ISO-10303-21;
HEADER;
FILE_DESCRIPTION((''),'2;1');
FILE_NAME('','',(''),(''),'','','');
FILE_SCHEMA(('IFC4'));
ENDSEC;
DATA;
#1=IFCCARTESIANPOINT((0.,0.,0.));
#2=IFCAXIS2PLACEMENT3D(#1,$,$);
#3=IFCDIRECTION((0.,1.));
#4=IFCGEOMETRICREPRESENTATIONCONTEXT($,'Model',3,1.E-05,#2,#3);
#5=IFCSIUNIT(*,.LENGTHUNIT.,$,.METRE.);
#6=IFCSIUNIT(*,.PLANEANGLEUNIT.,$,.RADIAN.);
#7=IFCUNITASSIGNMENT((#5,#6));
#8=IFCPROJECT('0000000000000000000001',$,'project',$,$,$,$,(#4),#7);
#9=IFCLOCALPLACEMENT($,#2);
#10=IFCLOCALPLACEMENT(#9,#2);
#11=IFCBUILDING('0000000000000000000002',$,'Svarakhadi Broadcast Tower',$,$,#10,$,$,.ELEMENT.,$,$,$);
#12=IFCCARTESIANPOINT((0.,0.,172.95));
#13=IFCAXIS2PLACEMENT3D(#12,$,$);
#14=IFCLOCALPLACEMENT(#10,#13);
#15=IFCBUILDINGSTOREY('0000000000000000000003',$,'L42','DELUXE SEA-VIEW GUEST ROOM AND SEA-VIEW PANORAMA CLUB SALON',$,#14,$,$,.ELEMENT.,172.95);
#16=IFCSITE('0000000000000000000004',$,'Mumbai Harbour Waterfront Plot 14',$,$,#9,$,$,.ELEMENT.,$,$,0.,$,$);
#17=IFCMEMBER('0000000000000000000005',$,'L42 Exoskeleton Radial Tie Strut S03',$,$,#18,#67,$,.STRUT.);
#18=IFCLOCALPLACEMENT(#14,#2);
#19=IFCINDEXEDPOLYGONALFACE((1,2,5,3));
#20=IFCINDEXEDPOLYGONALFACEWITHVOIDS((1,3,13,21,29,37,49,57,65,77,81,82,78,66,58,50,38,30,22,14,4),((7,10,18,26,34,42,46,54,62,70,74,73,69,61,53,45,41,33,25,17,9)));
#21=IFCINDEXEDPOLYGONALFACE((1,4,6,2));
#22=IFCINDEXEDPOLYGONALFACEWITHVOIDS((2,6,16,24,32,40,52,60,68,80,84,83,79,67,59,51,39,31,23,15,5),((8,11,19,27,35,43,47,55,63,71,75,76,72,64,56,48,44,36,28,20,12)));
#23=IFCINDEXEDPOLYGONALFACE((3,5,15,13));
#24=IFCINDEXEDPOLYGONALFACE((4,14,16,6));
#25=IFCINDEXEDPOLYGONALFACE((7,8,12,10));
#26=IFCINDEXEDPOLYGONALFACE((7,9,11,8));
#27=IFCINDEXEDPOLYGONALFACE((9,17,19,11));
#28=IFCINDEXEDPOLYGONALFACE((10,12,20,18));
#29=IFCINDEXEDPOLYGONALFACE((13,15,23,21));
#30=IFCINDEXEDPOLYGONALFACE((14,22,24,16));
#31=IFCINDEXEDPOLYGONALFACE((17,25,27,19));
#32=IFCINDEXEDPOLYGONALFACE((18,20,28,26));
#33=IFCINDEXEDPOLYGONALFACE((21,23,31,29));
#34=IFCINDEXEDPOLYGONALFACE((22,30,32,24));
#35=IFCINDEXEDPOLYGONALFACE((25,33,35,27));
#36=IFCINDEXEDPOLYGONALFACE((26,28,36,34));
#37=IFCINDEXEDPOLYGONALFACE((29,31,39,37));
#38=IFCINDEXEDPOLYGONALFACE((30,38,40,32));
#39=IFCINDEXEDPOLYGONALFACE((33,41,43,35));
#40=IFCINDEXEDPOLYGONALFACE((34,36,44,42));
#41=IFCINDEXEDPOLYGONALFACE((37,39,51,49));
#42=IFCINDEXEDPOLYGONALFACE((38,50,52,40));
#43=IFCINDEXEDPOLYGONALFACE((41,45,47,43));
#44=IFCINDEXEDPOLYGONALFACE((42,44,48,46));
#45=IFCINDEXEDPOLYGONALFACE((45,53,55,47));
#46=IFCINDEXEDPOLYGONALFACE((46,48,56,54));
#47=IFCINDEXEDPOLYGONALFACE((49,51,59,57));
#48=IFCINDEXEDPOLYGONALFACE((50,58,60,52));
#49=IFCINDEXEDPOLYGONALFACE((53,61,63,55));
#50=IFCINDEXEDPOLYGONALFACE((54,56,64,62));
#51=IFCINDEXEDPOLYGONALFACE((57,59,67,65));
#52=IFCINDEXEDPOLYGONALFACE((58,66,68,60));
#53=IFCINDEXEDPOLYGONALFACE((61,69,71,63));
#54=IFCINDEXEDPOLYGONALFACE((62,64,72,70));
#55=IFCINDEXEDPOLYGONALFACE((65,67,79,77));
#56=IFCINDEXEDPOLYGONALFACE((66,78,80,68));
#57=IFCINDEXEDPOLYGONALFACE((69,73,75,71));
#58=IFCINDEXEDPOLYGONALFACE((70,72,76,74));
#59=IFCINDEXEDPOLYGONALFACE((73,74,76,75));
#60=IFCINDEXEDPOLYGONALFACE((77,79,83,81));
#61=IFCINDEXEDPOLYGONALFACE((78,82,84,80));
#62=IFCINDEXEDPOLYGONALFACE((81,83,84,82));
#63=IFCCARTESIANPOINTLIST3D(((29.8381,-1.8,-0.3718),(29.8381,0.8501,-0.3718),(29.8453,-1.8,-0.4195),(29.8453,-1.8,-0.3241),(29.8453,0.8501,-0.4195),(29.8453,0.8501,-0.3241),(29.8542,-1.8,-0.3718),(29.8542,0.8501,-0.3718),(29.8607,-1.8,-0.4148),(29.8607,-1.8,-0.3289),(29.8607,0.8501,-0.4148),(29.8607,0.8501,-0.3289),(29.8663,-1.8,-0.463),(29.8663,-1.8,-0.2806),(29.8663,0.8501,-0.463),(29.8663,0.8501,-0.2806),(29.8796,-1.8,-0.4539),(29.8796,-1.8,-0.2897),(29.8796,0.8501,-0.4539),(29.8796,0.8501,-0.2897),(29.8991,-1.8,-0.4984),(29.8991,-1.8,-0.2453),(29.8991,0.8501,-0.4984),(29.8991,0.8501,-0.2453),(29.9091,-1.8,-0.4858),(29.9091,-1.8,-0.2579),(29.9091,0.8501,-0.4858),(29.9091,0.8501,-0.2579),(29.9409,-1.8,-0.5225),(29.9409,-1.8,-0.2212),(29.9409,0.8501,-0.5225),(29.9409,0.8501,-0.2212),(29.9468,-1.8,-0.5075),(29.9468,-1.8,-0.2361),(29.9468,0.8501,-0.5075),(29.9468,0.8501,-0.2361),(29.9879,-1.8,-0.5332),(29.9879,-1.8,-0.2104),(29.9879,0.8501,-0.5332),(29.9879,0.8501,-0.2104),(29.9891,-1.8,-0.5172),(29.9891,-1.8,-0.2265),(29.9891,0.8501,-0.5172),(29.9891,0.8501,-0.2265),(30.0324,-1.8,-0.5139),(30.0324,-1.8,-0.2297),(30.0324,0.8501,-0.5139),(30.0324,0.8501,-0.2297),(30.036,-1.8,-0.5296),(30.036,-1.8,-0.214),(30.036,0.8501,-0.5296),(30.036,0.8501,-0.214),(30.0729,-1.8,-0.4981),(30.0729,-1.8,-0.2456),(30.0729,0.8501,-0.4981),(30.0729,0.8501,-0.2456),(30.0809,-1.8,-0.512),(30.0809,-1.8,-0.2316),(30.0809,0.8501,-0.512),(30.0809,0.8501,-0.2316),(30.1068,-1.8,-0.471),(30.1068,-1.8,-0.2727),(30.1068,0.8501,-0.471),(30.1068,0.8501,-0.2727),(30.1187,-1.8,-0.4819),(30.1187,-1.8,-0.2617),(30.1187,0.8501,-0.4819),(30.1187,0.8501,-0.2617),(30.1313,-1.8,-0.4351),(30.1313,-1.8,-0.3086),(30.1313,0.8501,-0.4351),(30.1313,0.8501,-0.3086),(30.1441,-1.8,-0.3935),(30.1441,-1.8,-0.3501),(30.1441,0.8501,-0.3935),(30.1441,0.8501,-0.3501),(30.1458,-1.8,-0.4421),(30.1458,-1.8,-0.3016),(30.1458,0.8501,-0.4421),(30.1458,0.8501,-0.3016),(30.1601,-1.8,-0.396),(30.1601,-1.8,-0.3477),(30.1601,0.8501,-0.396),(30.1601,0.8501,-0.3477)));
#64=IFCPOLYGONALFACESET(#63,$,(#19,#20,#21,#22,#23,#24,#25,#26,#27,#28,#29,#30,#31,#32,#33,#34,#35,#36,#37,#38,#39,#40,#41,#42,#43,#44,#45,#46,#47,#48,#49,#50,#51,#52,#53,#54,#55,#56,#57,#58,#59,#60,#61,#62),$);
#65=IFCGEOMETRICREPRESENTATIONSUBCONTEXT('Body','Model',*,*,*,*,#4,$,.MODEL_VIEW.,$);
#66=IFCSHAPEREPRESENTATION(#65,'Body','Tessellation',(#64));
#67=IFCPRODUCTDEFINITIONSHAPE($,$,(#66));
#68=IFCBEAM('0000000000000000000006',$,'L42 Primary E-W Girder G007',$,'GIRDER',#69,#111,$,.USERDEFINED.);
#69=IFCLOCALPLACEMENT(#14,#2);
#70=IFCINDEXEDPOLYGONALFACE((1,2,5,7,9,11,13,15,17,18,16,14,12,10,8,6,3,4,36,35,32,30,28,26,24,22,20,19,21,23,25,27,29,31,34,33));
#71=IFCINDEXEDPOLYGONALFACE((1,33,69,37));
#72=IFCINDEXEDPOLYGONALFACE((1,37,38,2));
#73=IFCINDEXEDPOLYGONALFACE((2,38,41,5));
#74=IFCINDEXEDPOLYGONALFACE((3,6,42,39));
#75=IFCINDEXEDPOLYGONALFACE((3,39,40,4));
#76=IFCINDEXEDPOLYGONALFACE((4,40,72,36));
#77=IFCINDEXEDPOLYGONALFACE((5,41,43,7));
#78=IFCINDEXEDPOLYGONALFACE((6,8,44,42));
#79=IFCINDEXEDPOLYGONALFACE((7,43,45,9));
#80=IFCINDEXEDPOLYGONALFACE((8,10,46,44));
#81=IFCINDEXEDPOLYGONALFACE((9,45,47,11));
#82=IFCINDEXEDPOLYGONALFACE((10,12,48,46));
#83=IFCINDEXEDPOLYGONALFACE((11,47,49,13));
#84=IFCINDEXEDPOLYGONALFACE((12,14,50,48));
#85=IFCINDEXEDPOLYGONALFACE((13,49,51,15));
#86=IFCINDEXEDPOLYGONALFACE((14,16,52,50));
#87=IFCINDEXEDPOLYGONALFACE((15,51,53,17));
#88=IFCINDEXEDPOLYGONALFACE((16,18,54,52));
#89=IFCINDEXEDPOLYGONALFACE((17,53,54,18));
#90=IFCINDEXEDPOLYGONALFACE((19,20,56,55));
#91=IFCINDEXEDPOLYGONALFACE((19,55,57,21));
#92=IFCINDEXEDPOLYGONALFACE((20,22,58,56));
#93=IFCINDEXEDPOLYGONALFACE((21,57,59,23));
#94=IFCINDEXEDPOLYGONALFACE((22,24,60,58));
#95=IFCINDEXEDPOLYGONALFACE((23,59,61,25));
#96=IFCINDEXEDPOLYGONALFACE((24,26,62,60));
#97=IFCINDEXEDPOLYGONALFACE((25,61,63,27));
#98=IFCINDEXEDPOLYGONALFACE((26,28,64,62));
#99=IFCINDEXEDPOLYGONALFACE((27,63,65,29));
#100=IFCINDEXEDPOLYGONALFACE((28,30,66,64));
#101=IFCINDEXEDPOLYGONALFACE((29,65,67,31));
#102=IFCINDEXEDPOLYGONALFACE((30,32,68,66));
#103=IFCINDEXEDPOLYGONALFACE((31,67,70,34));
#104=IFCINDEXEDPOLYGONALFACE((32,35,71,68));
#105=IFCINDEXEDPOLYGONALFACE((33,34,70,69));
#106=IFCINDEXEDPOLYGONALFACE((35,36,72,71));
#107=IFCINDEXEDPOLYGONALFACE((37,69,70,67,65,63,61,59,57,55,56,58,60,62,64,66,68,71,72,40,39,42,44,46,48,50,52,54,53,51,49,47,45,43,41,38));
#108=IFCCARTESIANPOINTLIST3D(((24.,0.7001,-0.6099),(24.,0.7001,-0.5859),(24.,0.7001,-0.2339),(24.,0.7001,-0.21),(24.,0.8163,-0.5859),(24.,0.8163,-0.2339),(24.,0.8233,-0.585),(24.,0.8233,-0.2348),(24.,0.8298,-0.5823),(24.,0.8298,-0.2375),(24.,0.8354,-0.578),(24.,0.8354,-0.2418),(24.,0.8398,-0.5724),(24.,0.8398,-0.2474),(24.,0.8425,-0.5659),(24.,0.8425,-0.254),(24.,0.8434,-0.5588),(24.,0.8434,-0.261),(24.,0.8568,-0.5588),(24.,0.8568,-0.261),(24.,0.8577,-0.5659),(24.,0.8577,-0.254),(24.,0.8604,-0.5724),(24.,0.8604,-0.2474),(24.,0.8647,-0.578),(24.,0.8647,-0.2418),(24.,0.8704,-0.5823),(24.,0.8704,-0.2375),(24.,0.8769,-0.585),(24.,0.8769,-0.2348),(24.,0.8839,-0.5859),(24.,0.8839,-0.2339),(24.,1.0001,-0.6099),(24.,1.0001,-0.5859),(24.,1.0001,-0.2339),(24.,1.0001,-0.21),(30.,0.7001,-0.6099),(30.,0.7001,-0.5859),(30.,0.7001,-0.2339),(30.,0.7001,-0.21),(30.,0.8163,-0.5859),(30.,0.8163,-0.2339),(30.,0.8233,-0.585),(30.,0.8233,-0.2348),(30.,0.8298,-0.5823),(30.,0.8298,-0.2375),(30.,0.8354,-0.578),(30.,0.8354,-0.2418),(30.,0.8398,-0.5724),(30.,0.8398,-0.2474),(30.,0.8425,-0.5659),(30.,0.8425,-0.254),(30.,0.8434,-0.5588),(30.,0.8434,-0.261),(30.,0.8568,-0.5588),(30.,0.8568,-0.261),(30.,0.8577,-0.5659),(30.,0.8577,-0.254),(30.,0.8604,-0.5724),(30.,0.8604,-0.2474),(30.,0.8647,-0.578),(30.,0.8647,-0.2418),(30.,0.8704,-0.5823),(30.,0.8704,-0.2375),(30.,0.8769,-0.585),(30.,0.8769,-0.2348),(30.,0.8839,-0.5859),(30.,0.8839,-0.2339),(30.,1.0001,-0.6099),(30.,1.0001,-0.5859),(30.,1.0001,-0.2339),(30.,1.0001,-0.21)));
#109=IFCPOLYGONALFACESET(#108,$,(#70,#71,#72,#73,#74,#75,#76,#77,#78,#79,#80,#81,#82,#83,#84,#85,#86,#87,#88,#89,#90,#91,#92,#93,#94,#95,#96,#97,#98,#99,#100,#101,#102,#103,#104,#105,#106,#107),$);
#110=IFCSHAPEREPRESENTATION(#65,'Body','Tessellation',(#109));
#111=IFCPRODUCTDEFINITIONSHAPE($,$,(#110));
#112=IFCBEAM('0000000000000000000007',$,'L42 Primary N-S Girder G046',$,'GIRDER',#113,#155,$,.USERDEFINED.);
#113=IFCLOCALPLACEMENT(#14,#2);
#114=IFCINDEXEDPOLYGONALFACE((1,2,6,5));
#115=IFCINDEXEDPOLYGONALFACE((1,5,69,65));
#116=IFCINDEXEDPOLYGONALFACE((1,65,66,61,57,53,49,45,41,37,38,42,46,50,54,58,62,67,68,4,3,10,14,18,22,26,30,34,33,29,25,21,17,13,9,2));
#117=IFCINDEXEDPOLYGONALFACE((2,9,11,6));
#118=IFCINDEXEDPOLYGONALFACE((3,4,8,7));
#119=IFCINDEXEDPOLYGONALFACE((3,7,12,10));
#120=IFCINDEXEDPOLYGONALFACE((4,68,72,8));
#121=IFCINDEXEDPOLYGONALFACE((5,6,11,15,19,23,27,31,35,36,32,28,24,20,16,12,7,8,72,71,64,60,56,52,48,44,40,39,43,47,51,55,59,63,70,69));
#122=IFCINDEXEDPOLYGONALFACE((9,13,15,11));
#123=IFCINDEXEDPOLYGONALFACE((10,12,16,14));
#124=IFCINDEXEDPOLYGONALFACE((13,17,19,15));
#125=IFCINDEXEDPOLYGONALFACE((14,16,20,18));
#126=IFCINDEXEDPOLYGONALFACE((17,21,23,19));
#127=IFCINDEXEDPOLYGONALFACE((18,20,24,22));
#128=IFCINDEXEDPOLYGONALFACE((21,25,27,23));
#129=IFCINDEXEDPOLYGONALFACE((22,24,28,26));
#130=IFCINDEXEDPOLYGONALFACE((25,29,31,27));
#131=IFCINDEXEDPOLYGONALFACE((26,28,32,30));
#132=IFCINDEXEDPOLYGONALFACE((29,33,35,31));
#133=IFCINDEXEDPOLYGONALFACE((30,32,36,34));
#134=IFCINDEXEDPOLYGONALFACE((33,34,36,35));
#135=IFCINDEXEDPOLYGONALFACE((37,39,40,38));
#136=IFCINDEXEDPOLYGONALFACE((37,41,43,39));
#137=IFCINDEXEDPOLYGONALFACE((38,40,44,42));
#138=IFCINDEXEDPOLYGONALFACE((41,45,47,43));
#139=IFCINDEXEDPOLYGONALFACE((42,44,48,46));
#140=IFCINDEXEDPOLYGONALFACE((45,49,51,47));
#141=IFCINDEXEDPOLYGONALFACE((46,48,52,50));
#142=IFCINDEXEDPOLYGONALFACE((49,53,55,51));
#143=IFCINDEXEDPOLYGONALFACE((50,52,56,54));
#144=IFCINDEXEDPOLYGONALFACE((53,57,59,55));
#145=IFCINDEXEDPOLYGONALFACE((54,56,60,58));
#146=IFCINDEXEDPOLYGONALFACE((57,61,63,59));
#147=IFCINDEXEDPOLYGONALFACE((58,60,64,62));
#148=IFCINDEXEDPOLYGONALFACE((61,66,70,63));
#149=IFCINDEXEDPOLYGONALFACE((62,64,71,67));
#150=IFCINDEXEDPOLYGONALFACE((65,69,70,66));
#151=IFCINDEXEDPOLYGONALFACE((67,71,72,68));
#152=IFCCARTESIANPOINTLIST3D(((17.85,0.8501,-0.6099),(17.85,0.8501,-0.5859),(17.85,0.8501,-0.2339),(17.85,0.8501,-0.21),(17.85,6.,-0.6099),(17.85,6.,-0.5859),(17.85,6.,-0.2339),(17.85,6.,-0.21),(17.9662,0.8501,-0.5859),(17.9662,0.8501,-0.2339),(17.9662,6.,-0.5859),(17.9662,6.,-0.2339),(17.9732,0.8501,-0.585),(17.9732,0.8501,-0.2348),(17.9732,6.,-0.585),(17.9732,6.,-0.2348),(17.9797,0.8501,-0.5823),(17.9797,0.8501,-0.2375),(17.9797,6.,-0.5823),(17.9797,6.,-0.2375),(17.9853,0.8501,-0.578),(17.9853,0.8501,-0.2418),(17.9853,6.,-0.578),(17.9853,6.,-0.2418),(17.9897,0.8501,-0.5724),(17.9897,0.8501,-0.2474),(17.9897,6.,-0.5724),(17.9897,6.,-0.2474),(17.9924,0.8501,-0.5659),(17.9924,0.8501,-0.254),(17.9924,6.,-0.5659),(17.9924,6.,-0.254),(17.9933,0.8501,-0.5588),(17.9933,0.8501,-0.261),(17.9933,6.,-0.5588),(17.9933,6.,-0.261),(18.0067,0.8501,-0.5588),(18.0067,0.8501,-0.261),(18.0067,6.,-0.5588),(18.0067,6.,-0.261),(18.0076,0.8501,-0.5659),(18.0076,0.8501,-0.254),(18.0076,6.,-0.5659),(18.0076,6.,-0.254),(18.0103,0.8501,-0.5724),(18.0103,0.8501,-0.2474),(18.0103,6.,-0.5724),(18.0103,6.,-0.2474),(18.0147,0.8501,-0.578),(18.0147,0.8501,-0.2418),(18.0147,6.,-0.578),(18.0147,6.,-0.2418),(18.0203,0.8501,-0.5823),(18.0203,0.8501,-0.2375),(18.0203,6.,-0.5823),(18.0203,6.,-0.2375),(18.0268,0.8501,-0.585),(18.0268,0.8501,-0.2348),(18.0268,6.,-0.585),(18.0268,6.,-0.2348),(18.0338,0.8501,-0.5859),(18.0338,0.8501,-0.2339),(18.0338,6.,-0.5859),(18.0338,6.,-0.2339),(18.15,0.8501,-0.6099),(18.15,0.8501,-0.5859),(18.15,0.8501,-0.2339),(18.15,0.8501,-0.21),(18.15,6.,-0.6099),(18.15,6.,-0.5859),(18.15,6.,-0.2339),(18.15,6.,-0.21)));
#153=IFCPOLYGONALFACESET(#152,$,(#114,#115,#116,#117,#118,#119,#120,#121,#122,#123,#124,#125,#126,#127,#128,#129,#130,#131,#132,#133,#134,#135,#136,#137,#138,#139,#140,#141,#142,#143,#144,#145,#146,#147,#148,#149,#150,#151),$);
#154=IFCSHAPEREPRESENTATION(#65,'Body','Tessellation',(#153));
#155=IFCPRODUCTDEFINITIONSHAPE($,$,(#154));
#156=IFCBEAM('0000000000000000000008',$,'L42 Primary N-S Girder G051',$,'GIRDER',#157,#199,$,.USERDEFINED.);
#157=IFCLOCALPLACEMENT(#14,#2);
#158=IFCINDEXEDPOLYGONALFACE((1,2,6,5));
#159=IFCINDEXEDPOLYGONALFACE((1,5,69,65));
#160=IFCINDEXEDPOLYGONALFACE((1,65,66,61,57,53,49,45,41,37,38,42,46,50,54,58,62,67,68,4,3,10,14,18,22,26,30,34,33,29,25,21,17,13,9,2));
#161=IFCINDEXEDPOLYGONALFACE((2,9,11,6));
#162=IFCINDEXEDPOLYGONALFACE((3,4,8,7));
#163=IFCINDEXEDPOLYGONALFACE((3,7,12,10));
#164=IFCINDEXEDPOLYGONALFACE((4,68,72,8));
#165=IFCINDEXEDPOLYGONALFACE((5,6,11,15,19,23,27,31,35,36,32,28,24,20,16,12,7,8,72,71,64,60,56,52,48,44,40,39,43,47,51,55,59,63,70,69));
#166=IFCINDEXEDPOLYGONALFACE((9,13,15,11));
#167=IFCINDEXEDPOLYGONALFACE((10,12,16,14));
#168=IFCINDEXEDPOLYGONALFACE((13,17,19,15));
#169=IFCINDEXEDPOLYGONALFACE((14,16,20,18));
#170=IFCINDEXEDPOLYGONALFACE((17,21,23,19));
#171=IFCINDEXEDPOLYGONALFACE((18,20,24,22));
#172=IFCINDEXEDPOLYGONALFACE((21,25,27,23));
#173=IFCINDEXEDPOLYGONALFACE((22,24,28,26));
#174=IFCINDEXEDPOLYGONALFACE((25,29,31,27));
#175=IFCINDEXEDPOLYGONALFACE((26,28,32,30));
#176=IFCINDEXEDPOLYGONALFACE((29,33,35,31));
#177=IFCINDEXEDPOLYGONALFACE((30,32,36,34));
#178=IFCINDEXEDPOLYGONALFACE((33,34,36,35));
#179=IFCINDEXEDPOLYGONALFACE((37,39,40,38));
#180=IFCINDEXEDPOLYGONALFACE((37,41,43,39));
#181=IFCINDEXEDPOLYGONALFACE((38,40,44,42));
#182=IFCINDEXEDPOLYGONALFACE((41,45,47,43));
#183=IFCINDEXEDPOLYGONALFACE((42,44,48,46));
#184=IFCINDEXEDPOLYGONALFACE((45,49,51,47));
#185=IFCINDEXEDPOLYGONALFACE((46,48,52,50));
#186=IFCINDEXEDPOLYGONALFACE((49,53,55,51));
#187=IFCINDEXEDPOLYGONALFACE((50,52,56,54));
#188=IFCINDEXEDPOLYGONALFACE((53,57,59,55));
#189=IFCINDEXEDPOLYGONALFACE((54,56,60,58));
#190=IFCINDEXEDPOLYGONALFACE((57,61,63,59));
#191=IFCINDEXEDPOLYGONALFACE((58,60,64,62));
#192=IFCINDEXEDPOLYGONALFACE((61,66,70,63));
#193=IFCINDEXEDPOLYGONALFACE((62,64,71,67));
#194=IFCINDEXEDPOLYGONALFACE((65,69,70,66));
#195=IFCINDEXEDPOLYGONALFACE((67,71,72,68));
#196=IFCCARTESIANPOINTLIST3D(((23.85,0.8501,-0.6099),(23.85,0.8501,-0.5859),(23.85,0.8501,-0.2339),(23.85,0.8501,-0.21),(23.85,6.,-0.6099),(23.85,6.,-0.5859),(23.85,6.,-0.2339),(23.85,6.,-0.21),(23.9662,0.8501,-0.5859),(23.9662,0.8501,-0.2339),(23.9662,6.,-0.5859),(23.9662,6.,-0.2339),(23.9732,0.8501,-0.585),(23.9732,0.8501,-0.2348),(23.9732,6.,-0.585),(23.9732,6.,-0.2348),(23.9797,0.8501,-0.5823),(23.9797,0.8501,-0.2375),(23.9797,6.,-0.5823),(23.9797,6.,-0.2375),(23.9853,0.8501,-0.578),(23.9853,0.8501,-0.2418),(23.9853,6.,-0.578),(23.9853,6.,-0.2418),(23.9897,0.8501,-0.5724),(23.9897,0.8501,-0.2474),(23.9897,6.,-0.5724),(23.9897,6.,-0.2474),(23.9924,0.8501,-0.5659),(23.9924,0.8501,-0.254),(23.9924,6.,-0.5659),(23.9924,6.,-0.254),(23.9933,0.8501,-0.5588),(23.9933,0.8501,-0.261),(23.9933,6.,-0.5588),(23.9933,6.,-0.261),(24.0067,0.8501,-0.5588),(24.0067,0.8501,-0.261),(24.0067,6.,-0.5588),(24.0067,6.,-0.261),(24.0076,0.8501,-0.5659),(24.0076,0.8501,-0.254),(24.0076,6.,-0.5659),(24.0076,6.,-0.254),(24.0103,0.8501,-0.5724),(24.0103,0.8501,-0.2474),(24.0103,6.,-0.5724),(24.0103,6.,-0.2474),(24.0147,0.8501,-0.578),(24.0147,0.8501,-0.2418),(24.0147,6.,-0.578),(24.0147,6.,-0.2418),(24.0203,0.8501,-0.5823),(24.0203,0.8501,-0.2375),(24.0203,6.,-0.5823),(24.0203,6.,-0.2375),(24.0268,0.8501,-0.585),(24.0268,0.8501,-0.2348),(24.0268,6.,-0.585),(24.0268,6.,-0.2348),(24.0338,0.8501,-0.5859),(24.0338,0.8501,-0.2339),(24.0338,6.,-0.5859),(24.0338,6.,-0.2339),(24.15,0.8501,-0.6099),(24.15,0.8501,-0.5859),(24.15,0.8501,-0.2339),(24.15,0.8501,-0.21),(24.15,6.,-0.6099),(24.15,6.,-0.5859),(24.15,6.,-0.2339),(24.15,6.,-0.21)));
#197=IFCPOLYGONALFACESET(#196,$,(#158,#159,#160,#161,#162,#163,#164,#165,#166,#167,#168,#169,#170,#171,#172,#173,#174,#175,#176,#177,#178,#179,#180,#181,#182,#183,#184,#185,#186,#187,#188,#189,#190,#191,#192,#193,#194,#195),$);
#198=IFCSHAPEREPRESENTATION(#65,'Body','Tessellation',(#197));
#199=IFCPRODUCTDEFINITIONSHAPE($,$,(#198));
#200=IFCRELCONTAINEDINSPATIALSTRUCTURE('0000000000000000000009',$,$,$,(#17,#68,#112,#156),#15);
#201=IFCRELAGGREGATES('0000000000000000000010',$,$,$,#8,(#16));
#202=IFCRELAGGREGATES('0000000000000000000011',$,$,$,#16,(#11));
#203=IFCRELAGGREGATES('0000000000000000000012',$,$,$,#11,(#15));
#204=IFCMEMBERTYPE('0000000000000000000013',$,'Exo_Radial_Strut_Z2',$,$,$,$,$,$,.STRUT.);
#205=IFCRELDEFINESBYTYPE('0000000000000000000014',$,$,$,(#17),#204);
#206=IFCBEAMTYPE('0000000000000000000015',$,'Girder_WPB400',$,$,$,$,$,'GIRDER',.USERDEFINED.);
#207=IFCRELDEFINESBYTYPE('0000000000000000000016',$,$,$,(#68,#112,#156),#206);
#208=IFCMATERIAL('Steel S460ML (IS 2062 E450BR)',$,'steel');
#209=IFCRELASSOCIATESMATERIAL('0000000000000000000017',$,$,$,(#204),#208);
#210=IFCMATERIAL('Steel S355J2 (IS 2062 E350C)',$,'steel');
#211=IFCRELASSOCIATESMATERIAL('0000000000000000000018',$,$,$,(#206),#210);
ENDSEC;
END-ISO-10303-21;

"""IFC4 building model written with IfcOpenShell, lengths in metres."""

from ifc_helpers import new_model, si_unit, direction, frame, origin, origin_2d, place, context, subcontext, project, spatial, hollow_circle, i_section, extrude, material, material_profile, profile_set, type_object, element, save


model = new_model("IFC4")

# Units and contexts
model_context = context("Model", 3, precision=1e-05, world=origin(), true_north=direction((0.0, 1.0)))
body_context = subcontext(model_context, "Body", "Model", "MODEL_VIEW")
ifc_project = project(units=[si_unit("LENGTHUNIT", "METRE"), si_unit("PLANEANGLEUNIT", "RADIAN")], contexts=[model_context])

# Site, building, storey
site_placement = place(None, origin())
site = spatial("IfcSite", under=ifc_project, at=site_placement, Name="Mumbai Harbour Waterfront Plot 14", CompositionType="ELEMENT", RefElevation=0.0)
building_placement = place(site_placement, origin())
building = spatial("IfcBuilding", under=site, at=building_placement, Name="Svarakhadi Broadcast Tower", CompositionType="ELEMENT")
storey_placement = place(building_placement, frame((0.0, 0.0, 172.95)))
storey = spatial("IfcBuildingStorey", under=building, at=storey_placement, Name="L42", Description="DELUXE SEA-VIEW GUEST ROOM AND SEA-VIEW PANORAMA CLUB SALON", CompositionType="ELEMENT", Elevation=172.95)

# Member
ifc_material_1 = material(Name="Steel S460ML (IS 2062 E450BR)", Category="steel")
ifc_material_profile_1 = material_profile(ifc_material_1, hollow_circle(Radius=0.1619, WallThickness=0.0161, at=origin_2d()), Name="CHS 323.9x16")
ifc_profile_set_1 = profile_set([ifc_material_profile_1], Name="Steel S460ML (IS 2062 E450BR)")
member_type_1 = type_object("IfcMemberType", Name="Exo_Radial_Strut_Z2", PredefinedType="STRUT", material=ifc_profile_set_1)
for number, where, z_axis, x_axis, name in (
    (1, (30.0, -1.8, -0.3718), (0.0, 1.0, 0.0), (-1.0, 0.0, 0.0), "L42 Exoskeleton Radial Tie Strut S03"),
):
    element("IfcMember", number, at=place(storey_placement, frame(where, z_axis=z_axis, x_axis=x_axis)), inside=storey, type_object=member_type_1, Name=name, PredefinedType="STRUT", context=body_context, shape_type="SweptSolid", body=[
        extrude(hollow_circle(Radius=0.1619, WallThickness=0.0161, at=origin_2d()), origin(), (0.0, 0.0, 1.0), 2.6501),
    ])

# Beams
ifc_material_2 = material(Name="Steel S355J2 (IS 2062 E350C)", Category="steel")
ifc_material_profile_2 = material_profile(ifc_material_2, i_section(OverallWidth=0.3, OverallDepth=0.3999, WebThickness=0.0134, FlangeThickness=0.0239, FilletRadius=0.0271, at=origin_2d()), Name="WPB 400x300x155")
ifc_profile_set_2 = profile_set([ifc_material_profile_2], Name="Steel S355J2 (IS 2062 E350C)")
beam_type = type_object("IfcBeamType", Name="Girder_WPB400", ElementType="GIRDER", PredefinedType="USERDEFINED", material=ifc_profile_set_2)
beam_placement = place(storey_placement, frame((24.0, 0.8501, -0.4099), z_axis=(1.0, 0.0, 0.0), x_axis=(0.0, 1.0, 0.0)))
element("IfcBeam", 2, at=beam_placement, inside=storey, type_object=beam_type, Name="L42 Primary E-W Girder G007", ObjectType="GIRDER", PredefinedType="USERDEFINED", context=body_context, shape_type="SweptSolid", body=[
    extrude(i_section(OverallWidth=0.3, OverallDepth=0.3999, WebThickness=0.0134, FlangeThickness=0.0239, FilletRadius=0.0271, at=origin_2d()), origin(), (0.0, 0.0, 1.0), 6.0),
])
for number, where, z_axis, x_axis, name in (
    (3, (18.0, 0.8501, -0.4099), (0.0, 1.0, 0.0), (-1.0, 0.0, 0.0), "L42 Primary N-S Girder G046"),
    (4, (24.0, 0.8501, -0.4099), (0.0, 1.0, 0.0), (-1.0, 0.0, 0.0), "L42 Primary N-S Girder G051"),
):
    element("IfcBeam", number, at=place(storey_placement, frame(where, z_axis=z_axis, x_axis=x_axis)), inside=storey, type_object=beam_type, Name=name, ObjectType="GIRDER", PredefinedType="USERDEFINED", context=body_context, shape_type="SweptSolid", body=[
        extrude(i_section(OverallWidth=0.3, OverallDepth=0.3999, WebThickness=0.0134, FlangeThickness=0.0239, FilletRadius=0.0271, at=origin_2d()), origin(), (0.0, 0.0, 1.0), 5.1499),
    ])

save(model, "model.ifc")
